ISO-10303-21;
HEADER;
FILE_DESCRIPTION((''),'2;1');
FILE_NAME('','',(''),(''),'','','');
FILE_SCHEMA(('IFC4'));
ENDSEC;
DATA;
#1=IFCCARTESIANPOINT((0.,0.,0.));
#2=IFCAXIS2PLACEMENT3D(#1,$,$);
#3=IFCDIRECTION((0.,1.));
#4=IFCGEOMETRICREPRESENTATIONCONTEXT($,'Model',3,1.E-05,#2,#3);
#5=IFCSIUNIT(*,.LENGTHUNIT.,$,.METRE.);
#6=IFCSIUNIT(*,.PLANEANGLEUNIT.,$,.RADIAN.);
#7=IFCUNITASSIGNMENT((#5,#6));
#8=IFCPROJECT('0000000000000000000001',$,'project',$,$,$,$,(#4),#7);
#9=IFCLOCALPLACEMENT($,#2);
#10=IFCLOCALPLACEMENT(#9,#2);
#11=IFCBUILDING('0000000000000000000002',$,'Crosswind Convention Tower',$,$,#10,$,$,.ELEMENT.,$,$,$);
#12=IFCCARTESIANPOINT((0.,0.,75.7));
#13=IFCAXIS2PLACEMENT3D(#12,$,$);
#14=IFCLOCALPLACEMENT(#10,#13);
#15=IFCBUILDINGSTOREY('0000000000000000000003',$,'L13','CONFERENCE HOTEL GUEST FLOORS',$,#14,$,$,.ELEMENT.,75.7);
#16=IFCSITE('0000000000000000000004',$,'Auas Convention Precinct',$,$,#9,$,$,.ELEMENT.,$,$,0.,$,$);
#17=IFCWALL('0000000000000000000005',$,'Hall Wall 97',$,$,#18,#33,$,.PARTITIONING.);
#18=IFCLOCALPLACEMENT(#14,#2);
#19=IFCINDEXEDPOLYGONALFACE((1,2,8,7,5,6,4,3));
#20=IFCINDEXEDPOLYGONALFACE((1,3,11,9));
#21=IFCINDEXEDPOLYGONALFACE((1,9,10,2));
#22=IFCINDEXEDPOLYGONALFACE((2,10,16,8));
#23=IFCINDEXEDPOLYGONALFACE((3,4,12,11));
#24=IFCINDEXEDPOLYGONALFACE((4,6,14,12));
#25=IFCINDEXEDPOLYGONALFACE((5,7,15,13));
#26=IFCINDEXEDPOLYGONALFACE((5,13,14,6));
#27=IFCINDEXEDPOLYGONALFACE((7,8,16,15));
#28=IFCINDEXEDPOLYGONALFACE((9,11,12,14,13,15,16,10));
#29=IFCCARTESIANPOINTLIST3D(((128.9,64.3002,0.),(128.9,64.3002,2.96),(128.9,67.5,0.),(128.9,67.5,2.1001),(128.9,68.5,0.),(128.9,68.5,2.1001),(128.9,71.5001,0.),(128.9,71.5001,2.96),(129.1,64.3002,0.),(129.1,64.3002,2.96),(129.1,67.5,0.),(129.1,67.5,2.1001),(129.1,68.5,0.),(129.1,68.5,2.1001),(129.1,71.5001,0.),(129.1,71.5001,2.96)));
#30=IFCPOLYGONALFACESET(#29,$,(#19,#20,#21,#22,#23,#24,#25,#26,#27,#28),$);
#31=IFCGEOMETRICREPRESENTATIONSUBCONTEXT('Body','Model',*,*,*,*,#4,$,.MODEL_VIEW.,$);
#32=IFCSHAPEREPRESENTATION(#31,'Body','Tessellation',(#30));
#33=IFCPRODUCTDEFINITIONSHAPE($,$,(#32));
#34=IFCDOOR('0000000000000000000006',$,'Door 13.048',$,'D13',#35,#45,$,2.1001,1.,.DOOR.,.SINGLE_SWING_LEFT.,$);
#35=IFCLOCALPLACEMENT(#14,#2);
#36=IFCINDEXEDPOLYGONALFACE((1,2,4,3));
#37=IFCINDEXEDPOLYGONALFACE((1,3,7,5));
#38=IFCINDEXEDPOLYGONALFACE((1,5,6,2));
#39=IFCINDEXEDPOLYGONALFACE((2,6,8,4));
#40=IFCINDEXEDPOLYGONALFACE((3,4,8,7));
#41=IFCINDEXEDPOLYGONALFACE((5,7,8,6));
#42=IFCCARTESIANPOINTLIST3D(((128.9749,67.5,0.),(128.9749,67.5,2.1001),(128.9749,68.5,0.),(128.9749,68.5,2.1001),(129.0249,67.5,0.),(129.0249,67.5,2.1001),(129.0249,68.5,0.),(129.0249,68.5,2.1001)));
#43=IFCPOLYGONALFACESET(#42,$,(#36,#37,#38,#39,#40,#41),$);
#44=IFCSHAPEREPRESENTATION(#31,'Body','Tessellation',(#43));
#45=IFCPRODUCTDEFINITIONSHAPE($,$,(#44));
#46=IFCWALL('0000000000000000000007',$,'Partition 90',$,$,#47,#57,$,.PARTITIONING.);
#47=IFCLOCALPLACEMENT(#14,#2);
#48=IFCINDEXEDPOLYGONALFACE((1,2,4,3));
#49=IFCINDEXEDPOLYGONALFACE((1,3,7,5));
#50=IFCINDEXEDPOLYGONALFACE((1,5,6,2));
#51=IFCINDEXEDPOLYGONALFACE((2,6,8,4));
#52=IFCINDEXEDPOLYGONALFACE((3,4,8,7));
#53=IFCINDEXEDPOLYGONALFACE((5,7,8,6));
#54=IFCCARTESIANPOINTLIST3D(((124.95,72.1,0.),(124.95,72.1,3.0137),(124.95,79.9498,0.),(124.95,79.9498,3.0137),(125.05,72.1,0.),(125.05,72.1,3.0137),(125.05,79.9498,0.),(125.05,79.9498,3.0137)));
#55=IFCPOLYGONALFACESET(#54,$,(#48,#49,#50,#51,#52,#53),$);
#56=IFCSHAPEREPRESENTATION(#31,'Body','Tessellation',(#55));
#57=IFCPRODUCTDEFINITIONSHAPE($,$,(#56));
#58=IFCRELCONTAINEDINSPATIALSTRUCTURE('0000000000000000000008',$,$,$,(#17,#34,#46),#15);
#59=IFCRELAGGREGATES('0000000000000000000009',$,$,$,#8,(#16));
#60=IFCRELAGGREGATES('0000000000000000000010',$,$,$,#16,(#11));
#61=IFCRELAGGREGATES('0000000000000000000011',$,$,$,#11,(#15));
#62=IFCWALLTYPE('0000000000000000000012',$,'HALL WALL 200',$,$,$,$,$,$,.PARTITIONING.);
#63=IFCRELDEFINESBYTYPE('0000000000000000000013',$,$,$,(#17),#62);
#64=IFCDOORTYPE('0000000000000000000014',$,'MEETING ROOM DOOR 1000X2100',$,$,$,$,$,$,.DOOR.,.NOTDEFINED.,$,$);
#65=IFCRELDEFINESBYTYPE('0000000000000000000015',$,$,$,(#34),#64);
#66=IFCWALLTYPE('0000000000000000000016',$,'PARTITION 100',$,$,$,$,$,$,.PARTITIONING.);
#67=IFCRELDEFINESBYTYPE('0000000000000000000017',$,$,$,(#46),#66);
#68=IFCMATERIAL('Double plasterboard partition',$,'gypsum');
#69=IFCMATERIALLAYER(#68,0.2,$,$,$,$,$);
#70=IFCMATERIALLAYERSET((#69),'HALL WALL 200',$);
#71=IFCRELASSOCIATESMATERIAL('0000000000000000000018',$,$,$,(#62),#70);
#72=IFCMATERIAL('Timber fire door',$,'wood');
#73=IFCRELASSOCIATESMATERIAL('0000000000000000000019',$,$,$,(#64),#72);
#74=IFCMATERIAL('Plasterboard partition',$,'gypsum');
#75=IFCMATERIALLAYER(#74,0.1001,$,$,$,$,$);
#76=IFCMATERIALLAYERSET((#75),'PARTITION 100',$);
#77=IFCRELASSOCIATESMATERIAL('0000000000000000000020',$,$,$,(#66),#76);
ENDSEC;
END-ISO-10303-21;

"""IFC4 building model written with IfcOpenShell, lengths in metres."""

from ifc_helpers import new_model, si_unit, direction, frame, frame_2d, origin, place, context, subcontext, project, spatial, rectangle, extrude, material, layer, layer_set, type_object, element, fill, save


model = new_model("IFC4")

# Units and contexts
model_context = context("Model", 3, precision=1e-05, world=origin(), true_north=direction((0.0, 1.0)))
body_context = subcontext(model_context, "Body", "Model", "MODEL_VIEW")
ifc_project = project(units=[si_unit("LENGTHUNIT", "METRE"), si_unit("PLANEANGLEUNIT", "RADIAN")], contexts=[model_context])

# Site, building, storey
site_placement = place(None, origin())
site = spatial("IfcSite", under=ifc_project, at=site_placement, Name="Auas Convention Precinct", CompositionType="ELEMENT", RefElevation=0.0)
building_placement = place(site_placement, origin())
building = spatial("IfcBuilding", under=site, at=building_placement, Name="Crosswind Convention Tower", CompositionType="ELEMENT")
storey_placement = place(building_placement, frame((0.0, 0.0, 75.7)))
storey = spatial("IfcBuildingStorey", under=building, at=storey_placement, Name="L13", Description="CONFERENCE HOTEL GUEST FLOORS", CompositionType="ELEMENT", Elevation=75.7)

# Shared definitions
ifc_material_1 = material(Name="Plasterboard partition", Category="gypsum")
ifc_material_2 = material(Name="Timber fire door", Category="wood")

# Shared definitions
ifc_material_3 = material(Name="Double plasterboard partition", Category="gypsum")
ifc_layer_1 = layer(ifc_material_3, 0.2)
ifc_layer_set_1 = layer_set([ifc_layer_1], Name="HALL WALL 200")
wall_type_1 = type_object("IfcWallType", Name="HALL WALL 200", PredefinedType="PARTITIONING", material=ifc_layer_set_1)

# Wall, opening, door
wall_1_placement = place(storey_placement, frame((129.0, 64.3, 0.0), z_axis=(0.0, 0.0, 1.0), x_axis=(0.0, 1.0, 0.0)))
wall_1 = element("IfcWall", 1, at=wall_1_placement, inside=storey, type_object=wall_type_1, Name="Hall Wall 97", PredefinedType="PARTITIONING", context=body_context, shape_type="SweptSolid", body=[
    extrude(rectangle(XDim=7.2, YDim=0.2, at=frame_2d((3.6001, 0.0))), origin(), (0.0, 0.0, 1.0), 2.96),
])
opening_1_placement = place(wall_1_placement, frame((3.2, 0.0, 0.0)))
opening_1 = element("IfcOpeningElement", 2, at=opening_1_placement, cuts=wall_1, PredefinedType="OPENING", context=body_context, shape_type="SweptSolid", body=[
    extrude(rectangle(XDim=1.0, YDim=2.1001, at=frame_2d((0.5, 1.05))), frame((0.0, 0.1099, 0.0), z_axis=(0.0, -1.0, 0.0), x_axis=(1.0, 0.0, 0.0)), (0.0, 0.0, 1.0), 0.22),
])
door_type_1 = type_object("IfcDoorType", Name="MEETING ROOM DOOR 1000X2100", OperationType="NOTDEFINED", PredefinedType="DOOR", material=ifc_material_2)
door_1_placement = place(opening_1_placement, frame((1.0, 0.0, 0.0), z_axis=(0.0, 0.0, 1.0), x_axis=(-1.0, 0.0, 0.0)))
door_1 = element("IfcDoor", 3, at=door_1_placement, inside=storey, type_object=door_type_1, Name="Door 13.048", ObjectType="D13", OperationType="SINGLE_SWING_LEFT", OverallHeight=2.1001, OverallWidth=1.0, PredefinedType="DOOR", context=body_context, shape_type="SweptSolid", body=[
    extrude(rectangle(XDim=1.0, YDim=2.1001, at=frame_2d((0.5, 1.05))), frame((0.0, 0.0249, 0.0), z_axis=(0.0, -1.0, 0.0), x_axis=(1.0, 0.0, 0.0)), (0.0, 0.0, 1.0), 0.05),
])
fill(opening_1, door_1)

# Wall
ifc_layer_2 = layer(ifc_material_1, 0.1001)
ifc_layer_set_2 = layer_set([ifc_layer_2], Name="PARTITION 100")
wall_type_2 = type_object("IfcWallType", Name="PARTITION 100", PredefinedType="PARTITIONING", material=ifc_layer_set_2)
wall_2_placement = place(storey_placement, frame((125.0, 72.1001, 0.0), z_axis=(0.0, 0.0, 1.0), x_axis=(0.0, 1.0, 0.0)))
element("IfcWall", 4, at=wall_2_placement, inside=storey, type_object=wall_type_2, Name="Partition 90", PredefinedType="PARTITIONING", context=body_context, shape_type="SweptSolid", body=[
    extrude(rectangle(XDim=7.8499, YDim=0.1001, at=frame_2d((3.9248, 0.0))), origin(), (0.0, 0.0, 1.0), 3.0137),
])

save(model, "model.ifc")
